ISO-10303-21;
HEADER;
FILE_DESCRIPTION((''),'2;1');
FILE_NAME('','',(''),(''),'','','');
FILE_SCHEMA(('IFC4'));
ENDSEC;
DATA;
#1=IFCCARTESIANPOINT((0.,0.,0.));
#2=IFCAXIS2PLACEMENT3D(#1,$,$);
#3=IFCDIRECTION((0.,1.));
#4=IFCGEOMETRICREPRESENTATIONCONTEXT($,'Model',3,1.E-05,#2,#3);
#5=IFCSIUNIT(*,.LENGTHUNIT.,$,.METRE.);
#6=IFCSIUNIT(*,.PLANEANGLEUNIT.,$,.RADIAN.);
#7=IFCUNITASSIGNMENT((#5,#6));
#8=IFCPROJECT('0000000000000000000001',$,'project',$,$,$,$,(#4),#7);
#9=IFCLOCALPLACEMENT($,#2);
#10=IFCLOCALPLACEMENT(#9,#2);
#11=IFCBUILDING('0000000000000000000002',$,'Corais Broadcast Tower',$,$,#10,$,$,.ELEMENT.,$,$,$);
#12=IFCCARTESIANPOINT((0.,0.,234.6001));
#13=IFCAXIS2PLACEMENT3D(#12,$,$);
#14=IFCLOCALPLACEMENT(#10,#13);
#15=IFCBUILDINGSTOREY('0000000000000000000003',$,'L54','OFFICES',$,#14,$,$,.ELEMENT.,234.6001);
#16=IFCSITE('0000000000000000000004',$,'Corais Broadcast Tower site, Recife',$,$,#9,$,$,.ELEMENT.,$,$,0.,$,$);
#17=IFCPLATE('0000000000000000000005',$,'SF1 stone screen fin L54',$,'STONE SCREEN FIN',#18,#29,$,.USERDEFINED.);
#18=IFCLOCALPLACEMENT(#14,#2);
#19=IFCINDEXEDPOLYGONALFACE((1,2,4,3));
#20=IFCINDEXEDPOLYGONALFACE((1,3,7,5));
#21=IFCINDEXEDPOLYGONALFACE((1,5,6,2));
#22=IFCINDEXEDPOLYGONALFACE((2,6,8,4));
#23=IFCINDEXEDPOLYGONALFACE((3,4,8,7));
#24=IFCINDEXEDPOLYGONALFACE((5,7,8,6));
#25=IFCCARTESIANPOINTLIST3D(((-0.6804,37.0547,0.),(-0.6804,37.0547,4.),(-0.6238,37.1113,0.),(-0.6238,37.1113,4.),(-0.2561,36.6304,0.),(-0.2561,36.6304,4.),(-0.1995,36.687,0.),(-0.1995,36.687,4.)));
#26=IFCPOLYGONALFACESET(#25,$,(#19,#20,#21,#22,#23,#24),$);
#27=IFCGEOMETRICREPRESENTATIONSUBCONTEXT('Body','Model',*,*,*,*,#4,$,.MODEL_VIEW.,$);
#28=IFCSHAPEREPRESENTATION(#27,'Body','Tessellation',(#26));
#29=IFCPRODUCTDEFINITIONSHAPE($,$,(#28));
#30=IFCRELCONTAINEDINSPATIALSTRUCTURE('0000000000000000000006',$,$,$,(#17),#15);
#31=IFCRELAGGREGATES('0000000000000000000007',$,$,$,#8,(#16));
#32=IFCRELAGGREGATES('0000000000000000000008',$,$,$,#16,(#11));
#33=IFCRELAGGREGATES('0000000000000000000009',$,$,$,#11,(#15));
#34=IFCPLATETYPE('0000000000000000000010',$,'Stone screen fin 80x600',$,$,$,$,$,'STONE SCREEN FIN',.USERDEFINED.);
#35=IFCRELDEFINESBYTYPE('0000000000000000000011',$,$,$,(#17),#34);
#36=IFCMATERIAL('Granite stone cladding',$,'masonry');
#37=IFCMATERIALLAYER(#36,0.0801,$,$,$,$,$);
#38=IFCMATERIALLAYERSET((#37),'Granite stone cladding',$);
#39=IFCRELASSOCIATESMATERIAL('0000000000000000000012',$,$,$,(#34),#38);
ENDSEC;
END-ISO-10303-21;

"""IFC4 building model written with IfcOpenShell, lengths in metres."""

from ifc_helpers import new_model, si_unit, direction, frame, origin, origin_2d, place, context, subcontext, project, spatial, rectangle, extrude, material, layer, layer_set, type_object, element, save


model = new_model("IFC4")

# Units and contexts
model_context = context("Model", 3, precision=1e-05, world=origin(), true_north=direction((0.0, 1.0)))
body_context = subcontext(model_context, "Body", "Model", "MODEL_VIEW")
ifc_project = project(units=[si_unit("LENGTHUNIT", "METRE"), si_unit("PLANEANGLEUNIT", "RADIAN")], contexts=[model_context])

# Site, building, storey
site_placement = place(None, origin())
site = spatial("IfcSite", under=ifc_project, at=site_placement, Name="Corais Broadcast Tower site, Recife", CompositionType="ELEMENT", RefElevation=0.0)
building_placement = place(site_placement, origin())
building = spatial("IfcBuilding", under=site, at=building_placement, Name="Corais Broadcast Tower", CompositionType="ELEMENT")
storey_placement = place(building_placement, frame((0.0, 0.0, 234.6001)))
storey = spatial("IfcBuildingStorey", under=building, at=storey_placement, Name="L54", Description="OFFICES", CompositionType="ELEMENT", Elevation=234.6001)

# Plate
ifc_material_1 = material(Name="Granite stone cladding", Category="masonry")
ifc_layer_1 = layer(ifc_material_1, 0.0801)
ifc_layer_set_1 = layer_set([ifc_layer_1], Name="Granite stone cladding")
plate_type_1 = type_object("IfcPlateType", Name="Stone screen fin 80x600", ElementType="STONE SCREEN FIN", PredefinedType="USERDEFINED", material=ifc_layer_set_1)
plate_1_placement = place(storey_placement, frame((-0.4399, 36.8708, 0.0), z_axis=(0.0, 0.0, 1.0), x_axis=(0.707107, 0.707107, 0.0)))
element("IfcPlate", 1, at=plate_1_placement, inside=storey, type_object=plate_type_1, Name="SF1 stone screen fin L54", ObjectType="STONE SCREEN FIN", PredefinedType="USERDEFINED", context=body_context, shape_type="SweptSolid", body=[
    extrude(rectangle(XDim=0.0801, YDim=0.6001, at=origin_2d()), origin(), (0.0, 0.0, 1.0), 4.0),
])

save(model, "model.ifc")
